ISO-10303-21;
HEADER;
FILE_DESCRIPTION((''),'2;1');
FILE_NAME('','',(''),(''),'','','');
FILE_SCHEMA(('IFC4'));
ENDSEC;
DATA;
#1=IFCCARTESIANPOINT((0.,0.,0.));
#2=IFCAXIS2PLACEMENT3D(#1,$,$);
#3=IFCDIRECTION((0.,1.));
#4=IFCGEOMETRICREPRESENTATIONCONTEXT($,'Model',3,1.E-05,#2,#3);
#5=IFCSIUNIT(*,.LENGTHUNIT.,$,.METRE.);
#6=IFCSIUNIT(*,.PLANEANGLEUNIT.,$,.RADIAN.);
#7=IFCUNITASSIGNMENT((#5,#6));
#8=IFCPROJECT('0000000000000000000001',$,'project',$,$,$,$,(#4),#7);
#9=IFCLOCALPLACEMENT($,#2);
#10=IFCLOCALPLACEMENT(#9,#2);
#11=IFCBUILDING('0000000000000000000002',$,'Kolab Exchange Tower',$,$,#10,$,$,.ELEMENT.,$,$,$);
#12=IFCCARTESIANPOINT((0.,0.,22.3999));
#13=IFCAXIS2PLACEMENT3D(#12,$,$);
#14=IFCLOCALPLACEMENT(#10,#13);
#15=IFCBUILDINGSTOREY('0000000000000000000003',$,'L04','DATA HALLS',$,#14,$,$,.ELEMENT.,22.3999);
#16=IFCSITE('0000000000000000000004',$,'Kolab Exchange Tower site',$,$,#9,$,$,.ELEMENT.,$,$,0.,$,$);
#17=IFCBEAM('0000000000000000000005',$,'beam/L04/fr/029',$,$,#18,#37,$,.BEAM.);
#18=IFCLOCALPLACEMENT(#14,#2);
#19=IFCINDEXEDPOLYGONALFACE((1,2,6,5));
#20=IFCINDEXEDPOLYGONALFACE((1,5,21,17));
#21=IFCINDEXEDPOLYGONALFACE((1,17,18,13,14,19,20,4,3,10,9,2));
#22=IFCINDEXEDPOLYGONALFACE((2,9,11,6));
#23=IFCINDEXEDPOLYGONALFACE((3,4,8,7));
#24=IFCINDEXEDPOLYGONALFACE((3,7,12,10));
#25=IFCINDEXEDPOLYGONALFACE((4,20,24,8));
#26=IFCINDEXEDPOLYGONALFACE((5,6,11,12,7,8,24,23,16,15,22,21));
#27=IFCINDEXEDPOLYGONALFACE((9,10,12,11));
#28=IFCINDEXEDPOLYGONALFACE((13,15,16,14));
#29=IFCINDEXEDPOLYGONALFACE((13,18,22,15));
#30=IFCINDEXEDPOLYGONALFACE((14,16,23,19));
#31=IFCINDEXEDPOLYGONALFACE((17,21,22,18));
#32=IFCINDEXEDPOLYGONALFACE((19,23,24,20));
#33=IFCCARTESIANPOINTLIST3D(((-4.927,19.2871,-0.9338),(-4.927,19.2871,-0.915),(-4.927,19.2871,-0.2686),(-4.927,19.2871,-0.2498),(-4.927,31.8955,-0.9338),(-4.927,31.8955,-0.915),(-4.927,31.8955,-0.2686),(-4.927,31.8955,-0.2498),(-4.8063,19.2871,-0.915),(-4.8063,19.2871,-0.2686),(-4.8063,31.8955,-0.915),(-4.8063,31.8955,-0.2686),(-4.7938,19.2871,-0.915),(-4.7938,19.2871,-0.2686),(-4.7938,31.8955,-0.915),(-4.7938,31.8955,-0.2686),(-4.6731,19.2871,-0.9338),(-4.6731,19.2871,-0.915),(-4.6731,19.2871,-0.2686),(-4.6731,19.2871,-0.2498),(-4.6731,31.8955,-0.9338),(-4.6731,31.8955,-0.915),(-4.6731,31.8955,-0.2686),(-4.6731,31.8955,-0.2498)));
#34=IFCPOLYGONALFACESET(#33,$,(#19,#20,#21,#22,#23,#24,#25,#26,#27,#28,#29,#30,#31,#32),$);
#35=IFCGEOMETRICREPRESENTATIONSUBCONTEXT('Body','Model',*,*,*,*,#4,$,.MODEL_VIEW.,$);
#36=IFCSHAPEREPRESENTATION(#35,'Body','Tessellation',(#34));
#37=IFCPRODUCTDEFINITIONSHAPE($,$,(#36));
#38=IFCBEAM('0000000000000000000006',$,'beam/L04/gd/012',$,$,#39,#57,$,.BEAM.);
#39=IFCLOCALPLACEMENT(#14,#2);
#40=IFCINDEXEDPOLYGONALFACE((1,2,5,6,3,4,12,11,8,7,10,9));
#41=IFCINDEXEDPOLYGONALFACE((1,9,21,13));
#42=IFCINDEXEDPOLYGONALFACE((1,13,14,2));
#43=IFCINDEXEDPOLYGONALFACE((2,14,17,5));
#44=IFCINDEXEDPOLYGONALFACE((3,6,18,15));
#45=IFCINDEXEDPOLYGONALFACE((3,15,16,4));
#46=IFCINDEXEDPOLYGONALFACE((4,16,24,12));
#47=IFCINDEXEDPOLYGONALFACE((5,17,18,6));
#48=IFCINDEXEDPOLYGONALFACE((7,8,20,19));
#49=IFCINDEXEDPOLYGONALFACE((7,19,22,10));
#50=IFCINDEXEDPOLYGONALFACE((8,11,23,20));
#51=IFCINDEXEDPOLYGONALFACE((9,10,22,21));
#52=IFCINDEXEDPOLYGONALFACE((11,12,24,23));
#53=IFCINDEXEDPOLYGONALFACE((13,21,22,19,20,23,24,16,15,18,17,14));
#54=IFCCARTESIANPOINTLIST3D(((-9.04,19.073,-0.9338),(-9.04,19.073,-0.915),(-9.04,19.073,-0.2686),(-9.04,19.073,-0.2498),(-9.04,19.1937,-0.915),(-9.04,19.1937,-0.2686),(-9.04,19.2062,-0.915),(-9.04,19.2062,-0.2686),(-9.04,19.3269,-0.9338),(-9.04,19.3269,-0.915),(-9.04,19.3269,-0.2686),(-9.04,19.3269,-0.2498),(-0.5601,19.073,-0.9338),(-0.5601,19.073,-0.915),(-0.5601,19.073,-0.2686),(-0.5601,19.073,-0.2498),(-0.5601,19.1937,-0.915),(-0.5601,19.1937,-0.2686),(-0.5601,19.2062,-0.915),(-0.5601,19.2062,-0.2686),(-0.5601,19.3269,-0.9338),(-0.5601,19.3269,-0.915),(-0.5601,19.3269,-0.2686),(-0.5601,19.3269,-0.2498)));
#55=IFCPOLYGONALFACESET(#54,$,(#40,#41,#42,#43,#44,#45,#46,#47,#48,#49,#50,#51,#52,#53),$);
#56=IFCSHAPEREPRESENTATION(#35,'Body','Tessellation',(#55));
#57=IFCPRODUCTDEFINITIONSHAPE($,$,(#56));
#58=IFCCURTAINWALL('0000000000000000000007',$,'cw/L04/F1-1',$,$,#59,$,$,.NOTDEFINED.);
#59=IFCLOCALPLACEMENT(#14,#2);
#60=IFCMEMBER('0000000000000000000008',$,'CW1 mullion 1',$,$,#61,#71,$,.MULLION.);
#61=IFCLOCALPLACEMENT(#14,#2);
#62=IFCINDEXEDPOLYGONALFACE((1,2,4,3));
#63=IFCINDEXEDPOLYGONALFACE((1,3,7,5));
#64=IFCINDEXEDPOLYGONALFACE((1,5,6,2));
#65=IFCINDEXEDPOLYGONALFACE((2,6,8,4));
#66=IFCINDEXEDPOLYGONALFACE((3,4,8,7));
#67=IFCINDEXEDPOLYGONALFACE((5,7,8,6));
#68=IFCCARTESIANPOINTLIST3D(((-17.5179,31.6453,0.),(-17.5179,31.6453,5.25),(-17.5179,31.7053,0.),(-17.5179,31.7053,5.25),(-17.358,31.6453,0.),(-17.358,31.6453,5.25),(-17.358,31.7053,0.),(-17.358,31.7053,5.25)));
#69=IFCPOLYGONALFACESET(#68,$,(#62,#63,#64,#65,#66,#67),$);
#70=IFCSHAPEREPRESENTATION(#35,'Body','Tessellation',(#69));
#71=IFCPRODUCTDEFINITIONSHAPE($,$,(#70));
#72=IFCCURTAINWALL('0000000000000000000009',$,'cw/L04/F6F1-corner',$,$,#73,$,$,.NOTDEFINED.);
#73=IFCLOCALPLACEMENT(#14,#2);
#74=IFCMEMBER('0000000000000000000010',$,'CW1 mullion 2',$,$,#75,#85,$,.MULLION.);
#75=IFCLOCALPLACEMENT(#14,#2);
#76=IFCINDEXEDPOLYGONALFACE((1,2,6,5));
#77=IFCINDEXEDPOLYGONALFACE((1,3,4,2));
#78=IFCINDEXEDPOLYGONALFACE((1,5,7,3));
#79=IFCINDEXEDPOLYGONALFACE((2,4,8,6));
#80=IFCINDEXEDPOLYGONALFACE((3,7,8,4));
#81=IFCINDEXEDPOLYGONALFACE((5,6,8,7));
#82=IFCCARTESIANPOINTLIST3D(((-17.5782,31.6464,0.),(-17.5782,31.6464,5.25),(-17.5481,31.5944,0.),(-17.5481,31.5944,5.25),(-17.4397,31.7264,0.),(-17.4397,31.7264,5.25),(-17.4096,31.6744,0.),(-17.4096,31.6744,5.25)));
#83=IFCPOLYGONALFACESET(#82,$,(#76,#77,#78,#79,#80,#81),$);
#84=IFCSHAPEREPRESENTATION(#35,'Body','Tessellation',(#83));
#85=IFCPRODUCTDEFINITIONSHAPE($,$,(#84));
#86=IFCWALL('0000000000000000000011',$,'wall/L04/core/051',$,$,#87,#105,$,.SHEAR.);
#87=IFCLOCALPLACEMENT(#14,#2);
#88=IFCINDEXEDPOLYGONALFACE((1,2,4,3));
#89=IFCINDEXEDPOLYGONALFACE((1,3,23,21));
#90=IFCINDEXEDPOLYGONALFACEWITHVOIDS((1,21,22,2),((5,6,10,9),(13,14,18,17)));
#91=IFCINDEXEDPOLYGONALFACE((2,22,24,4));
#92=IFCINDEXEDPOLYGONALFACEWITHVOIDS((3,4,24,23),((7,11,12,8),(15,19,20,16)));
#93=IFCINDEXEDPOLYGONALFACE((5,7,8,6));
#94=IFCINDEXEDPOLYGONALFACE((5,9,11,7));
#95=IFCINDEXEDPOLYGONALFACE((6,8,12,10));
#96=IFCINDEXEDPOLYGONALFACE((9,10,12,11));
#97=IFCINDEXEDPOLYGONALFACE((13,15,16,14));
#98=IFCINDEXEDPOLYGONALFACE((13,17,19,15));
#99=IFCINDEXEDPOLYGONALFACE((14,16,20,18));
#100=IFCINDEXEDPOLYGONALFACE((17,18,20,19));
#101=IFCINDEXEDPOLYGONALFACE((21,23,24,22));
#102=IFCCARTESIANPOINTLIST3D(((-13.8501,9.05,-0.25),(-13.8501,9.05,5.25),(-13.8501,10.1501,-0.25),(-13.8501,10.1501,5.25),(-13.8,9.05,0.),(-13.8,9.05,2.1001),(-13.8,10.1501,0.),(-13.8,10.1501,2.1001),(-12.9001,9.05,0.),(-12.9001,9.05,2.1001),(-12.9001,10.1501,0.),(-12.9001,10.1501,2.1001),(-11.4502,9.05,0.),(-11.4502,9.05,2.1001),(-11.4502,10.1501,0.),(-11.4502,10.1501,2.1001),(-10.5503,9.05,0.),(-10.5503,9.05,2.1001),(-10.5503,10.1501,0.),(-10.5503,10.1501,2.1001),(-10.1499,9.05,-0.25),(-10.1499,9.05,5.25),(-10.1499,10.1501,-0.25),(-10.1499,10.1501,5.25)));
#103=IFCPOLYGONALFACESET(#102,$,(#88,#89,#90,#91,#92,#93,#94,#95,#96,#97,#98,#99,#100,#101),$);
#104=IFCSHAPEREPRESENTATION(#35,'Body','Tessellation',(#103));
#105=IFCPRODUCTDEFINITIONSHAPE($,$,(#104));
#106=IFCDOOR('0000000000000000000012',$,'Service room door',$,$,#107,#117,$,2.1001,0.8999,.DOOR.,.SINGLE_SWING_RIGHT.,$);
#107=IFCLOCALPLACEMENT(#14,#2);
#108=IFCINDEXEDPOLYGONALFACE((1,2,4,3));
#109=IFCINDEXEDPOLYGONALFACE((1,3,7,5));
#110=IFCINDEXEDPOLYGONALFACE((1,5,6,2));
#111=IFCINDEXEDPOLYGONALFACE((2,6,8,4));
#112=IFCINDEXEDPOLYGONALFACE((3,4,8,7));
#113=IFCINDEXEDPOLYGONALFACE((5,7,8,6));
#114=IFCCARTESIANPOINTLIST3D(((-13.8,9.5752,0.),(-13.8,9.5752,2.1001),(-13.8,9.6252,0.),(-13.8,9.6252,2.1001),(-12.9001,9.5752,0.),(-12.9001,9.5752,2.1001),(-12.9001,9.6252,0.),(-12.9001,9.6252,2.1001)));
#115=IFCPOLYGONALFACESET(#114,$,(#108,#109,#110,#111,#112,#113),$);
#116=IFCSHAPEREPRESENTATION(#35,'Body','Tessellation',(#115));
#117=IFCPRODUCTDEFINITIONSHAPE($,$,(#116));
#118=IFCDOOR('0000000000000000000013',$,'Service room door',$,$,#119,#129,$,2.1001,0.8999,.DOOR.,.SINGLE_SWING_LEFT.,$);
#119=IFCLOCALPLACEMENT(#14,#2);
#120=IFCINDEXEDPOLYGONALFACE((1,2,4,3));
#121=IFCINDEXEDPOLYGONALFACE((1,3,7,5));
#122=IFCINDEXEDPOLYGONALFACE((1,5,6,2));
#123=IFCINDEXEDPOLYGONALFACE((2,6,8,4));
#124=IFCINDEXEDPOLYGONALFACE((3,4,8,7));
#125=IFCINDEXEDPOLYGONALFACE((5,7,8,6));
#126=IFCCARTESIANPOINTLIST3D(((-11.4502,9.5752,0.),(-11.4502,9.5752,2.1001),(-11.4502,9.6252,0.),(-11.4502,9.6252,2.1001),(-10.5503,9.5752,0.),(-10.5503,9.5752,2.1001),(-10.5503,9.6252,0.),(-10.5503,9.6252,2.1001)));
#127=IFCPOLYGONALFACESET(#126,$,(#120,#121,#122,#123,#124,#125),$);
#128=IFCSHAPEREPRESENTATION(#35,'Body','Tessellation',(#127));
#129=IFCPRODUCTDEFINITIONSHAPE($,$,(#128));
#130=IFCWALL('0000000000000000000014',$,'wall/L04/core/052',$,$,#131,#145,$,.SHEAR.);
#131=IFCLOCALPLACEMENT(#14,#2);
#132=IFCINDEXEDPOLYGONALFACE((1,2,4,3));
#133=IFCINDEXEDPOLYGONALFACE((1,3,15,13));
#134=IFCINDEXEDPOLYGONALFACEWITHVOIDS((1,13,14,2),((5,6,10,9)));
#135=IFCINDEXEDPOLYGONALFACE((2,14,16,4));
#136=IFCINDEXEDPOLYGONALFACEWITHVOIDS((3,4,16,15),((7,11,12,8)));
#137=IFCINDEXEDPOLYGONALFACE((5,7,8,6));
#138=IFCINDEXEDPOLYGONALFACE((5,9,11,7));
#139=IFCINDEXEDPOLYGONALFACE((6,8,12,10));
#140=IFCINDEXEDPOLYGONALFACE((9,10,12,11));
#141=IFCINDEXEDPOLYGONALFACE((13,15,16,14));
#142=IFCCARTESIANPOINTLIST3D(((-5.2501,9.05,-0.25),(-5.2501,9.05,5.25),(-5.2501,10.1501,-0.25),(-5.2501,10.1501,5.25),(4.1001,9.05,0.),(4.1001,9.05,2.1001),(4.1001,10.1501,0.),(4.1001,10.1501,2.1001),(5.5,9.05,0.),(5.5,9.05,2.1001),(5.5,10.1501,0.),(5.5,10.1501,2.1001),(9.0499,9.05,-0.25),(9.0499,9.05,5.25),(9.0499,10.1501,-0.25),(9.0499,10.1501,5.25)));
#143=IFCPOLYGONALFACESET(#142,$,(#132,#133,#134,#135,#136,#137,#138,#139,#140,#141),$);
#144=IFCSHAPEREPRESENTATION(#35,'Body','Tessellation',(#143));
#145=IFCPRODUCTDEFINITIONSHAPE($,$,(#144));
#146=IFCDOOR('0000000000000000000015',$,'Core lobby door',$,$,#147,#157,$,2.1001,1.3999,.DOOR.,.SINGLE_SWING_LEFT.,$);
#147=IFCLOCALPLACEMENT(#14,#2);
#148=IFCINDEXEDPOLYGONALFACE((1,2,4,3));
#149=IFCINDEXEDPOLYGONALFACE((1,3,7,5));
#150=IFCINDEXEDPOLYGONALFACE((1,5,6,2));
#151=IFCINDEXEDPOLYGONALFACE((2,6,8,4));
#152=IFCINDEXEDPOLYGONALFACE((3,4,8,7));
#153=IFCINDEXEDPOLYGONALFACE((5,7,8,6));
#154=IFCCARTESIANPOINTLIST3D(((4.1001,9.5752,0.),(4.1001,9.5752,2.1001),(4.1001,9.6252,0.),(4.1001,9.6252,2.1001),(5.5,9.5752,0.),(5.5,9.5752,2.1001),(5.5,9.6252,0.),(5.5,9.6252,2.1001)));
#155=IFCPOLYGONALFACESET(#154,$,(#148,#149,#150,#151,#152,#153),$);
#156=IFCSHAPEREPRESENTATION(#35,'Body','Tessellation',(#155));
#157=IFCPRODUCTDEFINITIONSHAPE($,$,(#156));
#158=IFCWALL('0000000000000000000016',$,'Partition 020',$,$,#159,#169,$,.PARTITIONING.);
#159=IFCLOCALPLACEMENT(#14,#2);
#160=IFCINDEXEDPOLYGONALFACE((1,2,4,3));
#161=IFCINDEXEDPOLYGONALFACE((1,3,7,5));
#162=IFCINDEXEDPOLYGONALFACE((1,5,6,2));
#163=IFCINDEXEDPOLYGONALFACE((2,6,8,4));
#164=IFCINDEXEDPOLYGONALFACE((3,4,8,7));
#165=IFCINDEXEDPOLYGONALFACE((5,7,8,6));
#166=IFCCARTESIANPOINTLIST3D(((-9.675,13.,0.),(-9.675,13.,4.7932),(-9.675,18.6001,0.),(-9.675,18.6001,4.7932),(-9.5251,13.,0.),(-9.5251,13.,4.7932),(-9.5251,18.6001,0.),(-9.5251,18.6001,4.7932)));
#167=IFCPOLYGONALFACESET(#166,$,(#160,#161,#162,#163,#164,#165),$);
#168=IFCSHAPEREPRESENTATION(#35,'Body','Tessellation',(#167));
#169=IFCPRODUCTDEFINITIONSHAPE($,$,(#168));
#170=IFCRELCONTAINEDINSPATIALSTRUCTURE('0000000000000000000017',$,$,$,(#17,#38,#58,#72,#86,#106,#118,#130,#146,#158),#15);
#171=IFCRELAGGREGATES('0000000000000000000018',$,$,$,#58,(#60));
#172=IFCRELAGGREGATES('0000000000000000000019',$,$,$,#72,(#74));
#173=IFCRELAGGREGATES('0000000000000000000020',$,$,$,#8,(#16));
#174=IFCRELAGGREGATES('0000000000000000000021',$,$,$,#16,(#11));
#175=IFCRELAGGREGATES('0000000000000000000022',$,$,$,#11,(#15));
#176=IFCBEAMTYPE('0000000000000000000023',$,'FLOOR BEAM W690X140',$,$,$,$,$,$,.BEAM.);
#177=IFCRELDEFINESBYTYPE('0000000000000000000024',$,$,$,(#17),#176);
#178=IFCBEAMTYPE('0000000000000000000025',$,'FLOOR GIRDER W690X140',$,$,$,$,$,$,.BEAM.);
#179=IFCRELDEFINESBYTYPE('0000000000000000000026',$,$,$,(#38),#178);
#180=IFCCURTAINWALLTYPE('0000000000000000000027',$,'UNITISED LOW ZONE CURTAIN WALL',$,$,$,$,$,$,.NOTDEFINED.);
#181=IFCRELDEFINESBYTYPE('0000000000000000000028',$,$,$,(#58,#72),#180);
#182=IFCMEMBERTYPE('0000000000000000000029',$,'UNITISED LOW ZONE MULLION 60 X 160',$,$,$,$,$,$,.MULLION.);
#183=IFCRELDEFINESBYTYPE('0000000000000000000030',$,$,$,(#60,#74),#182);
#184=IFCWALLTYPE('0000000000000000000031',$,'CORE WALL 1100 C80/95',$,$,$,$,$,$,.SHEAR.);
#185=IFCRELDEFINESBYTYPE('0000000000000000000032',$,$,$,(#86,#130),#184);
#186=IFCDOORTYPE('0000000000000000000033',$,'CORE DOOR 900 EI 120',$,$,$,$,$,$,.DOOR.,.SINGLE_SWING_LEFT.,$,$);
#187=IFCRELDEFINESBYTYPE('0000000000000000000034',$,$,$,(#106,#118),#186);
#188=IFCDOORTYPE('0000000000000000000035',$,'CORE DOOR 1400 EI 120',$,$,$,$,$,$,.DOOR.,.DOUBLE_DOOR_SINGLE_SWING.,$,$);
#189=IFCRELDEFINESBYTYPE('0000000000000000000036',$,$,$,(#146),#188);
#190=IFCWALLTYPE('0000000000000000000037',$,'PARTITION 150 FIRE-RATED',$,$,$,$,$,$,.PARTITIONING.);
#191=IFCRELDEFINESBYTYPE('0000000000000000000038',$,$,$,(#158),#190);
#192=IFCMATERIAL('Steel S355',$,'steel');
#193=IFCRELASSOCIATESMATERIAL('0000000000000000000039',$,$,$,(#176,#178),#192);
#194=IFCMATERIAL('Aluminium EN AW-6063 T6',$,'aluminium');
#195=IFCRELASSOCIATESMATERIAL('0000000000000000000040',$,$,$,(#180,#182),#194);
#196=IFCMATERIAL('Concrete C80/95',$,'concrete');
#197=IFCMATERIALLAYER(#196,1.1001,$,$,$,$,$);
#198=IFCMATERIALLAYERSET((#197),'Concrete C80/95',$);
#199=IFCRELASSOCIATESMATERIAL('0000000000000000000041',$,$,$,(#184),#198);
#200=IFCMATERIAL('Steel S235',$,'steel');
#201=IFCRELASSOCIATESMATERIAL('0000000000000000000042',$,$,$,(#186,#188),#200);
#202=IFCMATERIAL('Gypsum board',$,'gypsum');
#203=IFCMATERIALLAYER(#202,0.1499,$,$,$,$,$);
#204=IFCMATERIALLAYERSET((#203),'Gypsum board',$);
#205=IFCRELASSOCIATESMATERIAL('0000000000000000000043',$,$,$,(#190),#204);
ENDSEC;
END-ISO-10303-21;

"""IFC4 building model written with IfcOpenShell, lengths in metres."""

from ifc_helpers import new_model, si_unit, direction, frame, frame_2d, origin, origin_2d, place, context, subcontext, project, spatial, rectangle, i_section, extrude, material, layer, layer_set, material_profile, profile_set, type_object, element, fill, aggregate, save


model = new_model("IFC4")

# Units and contexts
model_context = context("Model", 3, precision=1e-05, world=origin(), true_north=direction((0.0, 1.0)))
body_context = subcontext(model_context, "Body", "Model", "MODEL_VIEW")
ifc_project = project(units=[si_unit("LENGTHUNIT", "METRE"), si_unit("PLANEANGLEUNIT", "RADIAN")], contexts=[model_context])

# Site, building, storey
site_placement = place(None, origin())
site = spatial("IfcSite", under=ifc_project, at=site_placement, Name="Kolab Exchange Tower site", CompositionType="ELEMENT", RefElevation=0.0)
building_placement = place(site_placement, origin())
building = spatial("IfcBuilding", under=site, at=building_placement, Name="Kolab Exchange Tower", CompositionType="ELEMENT")
storey_placement = place(building_placement, frame((0.0, 0.0, 22.3999)))
storey = spatial("IfcBuildingStorey", under=building, at=storey_placement, Name="L04", Description="DATA HALLS", CompositionType="ELEMENT", Elevation=22.3999)

# Shared definitions
ifc_material_1 = material(Name="Concrete C80/95", Category="concrete")

# Beams
ifc_material_2 = material(Name="Steel S355", Category="steel")
ifc_material_profile_1 = material_profile(ifc_material_2, i_section(OverallWidth=0.2539, OverallDepth=0.6841, WebThickness=0.0125, FlangeThickness=0.0188, at=origin_2d()), Name="W690X140")
ifc_profile_set_1 = profile_set([ifc_material_profile_1], Name="Steel S355")
beam_type_1 = type_object("IfcBeamType", Name="FLOOR BEAM W690X140", PredefinedType="BEAM", material=ifc_profile_set_1)
for number, where, z_axis, x_axis, name in (
    (1, (-4.8, 19.2871, -0.5918), (0.0, 1.0, 0.0), (-1.0, 0.0, 0.0), "beam/L04/fr/029"),
):
    element("IfcBeam", number, at=place(storey_placement, frame(where, z_axis=z_axis, x_axis=x_axis)), inside=storey, type_object=beam_type_1, Name=name, PredefinedType="BEAM", context=body_context, shape_type="SweptSolid", body=[
        extrude(i_section(OverallWidth=0.2539, OverallDepth=0.6841, WebThickness=0.0125, FlangeThickness=0.0188, at=origin_2d()), origin(), (0.0, 0.0, 1.0), 12.6084),
    ])
ifc_material_profile_2 = material_profile(ifc_material_2, i_section(OverallWidth=0.2539, OverallDepth=0.6841, WebThickness=0.0125, FlangeThickness=0.0188, at=origin_2d()), Name="W690X140")
ifc_profile_set_2 = profile_set([ifc_material_profile_2], Name="Steel S355")
beam_type_2 = type_object("IfcBeamType", Name="FLOOR GIRDER W690X140", PredefinedType="BEAM", material=ifc_profile_set_2)
beam_1_placement = place(storey_placement, frame((-9.04, 19.2, -0.5918), z_axis=(1.0, 0.0, 0.0), x_axis=(0.0, 1.0, 0.0)))
element("IfcBeam", 2, at=beam_1_placement, inside=storey, type_object=beam_type_2, Name="beam/L04/gd/012", PredefinedType="BEAM", context=body_context, shape_type="SweptSolid", body=[
    extrude(i_section(OverallWidth=0.2539, OverallDepth=0.6841, WebThickness=0.0125, FlangeThickness=0.0188, at=origin_2d()), origin(), (0.0, 0.0, 1.0), 8.48),
])

# Curtain walls, members
ifc_material_3 = material(Name="Aluminium EN AW-6063 T6", Category="aluminium")
curtain_wall_type = type_object("IfcCurtainWallType", Name="UNITISED LOW ZONE CURTAIN WALL", PredefinedType="NOTDEFINED", material=ifc_material_3)
curtain_wall_1_placement = place(storey_placement, origin())
curtain_wall_1 = element("IfcCurtainWall", 3, at=curtain_wall_1_placement, inside=storey, type_object=curtain_wall_type, Name="cw/L04/F1-1", PredefinedType="NOTDEFINED")
ifc_material_profile_3 = material_profile(ifc_material_3, rectangle(XDim=0.0601, YDim=0.1599, at=origin_2d()), Name="RECT 60X160")
ifc_profile_set_3 = profile_set([ifc_material_profile_3], Name="Aluminium EN AW-6063 T6")
member_type = type_object("IfcMemberType", Name="UNITISED LOW ZONE MULLION 60 X 160", PredefinedType="MULLION", material=ifc_profile_set_3)
member_1_placement = place(storey_placement, frame((-17.438, 31.6753, 0.0), z_axis=(0.0, 0.0, 1.0), x_axis=(0.0, 1.0, 0.0)))
member_1 = element("IfcMember", 4, at=member_1_placement, type_object=member_type, Name="CW1 mullion 1", PredefinedType="MULLION", context=body_context, shape_type="SweptSolid", body=[
    extrude(rectangle(XDim=0.0601, YDim=0.1599, at=origin_2d()), origin(), (0.0, 0.0, 1.0), 5.25),
])
aggregate(curtain_wall_1, [member_1])
curtain_wall_2_placement = place(storey_placement, origin())
curtain_wall_2 = element("IfcCurtainWall", 5, at=curtain_wall_2_placement, inside=storey, type_object=curtain_wall_type, Name="cw/L04/F6F1-corner", PredefinedType="NOTDEFINED")
member_2_placement = place(storey_placement, frame((-17.4939, 31.6604, 0.0), z_axis=(0.0, 0.0, 1.0), x_axis=(-0.5, 0.866025, 0.0)))
member_2 = element("IfcMember", 6, at=member_2_placement, type_object=member_type, Name="CW1 mullion 2", PredefinedType="MULLION", context=body_context, shape_type="SweptSolid", body=[
    extrude(rectangle(XDim=0.0601, YDim=0.1599, at=origin_2d()), origin(), (0.0, 0.0, 1.0), 5.25),
])
aggregate(curtain_wall_2, [member_2])

# Wall, openings, doors
ifc_layer_1 = layer(ifc_material_1, 1.1001)
ifc_layer_set_1 = layer_set([ifc_layer_1], Name="Concrete C80/95")
wall_type_1 = type_object("IfcWallType", Name="CORE WALL 1100 C80/95", PredefinedType="SHEAR", material=ifc_layer_set_1)
wall_1_placement = place(storey_placement, frame((-13.8501, 9.6001, -0.25), z_axis=(0.0, 0.0, 1.0), x_axis=(1.0, 0.0, 0.0)))
wall_1 = element("IfcWall", 7, at=wall_1_placement, inside=storey, type_object=wall_type_1, Name="wall/L04/core/051", PredefinedType="SHEAR", context=body_context, shape_type="SweptSolid", body=[
    extrude(rectangle(XDim=3.7002, YDim=1.1001, at=frame_2d((1.8501, 0.0))), origin(), (0.0, 0.0, 1.0), 5.5),
])
opening_1_placement = place(wall_1_placement, frame((0.05, 0.0, 0.25)))
opening_1 = element("IfcOpeningElement", 8, at=opening_1_placement, cuts=wall_1, PredefinedType="OPENING", context=body_context, shape_type="SweptSolid", body=[
    extrude(rectangle(XDim=0.8999, YDim=2.1001, at=frame_2d((0.45, 1.05))), frame((0.0, 0.5601, 0.0), z_axis=(0.0, -1.0, 0.0), x_axis=(1.0, 0.0, 0.0)), (0.0, 0.0, 1.0), 1.1201),
])
opening_2_placement = place(wall_1_placement, frame((2.3999, 0.0, 0.25)))
opening_2 = element("IfcOpeningElement", 9, at=opening_2_placement, cuts=wall_1, PredefinedType="OPENING", context=body_context, shape_type="SweptSolid", body=[
    extrude(rectangle(XDim=0.8999, YDim=2.1001, at=frame_2d((0.45, 1.05))), frame((0.0, 0.5601, 0.0), z_axis=(0.0, -1.0, 0.0), x_axis=(1.0, 0.0, 0.0)), (0.0, 0.0, 1.0), 1.1201),
])
ifc_material_4 = material(Name="Steel S235", Category="steel")
door_type_1 = type_object("IfcDoorType", Name="CORE DOOR 900 EI 120", OperationType="SINGLE_SWING_LEFT", PredefinedType="DOOR", material=ifc_material_4)
door_1_placement = place(opening_1_placement, frame((0.8999, 0.0, 0.0), z_axis=(0.0, 0.0, 1.0), x_axis=(-1.0, 0.0, 0.0)))
door_1 = element("IfcDoor", 10, at=door_1_placement, inside=storey, type_object=door_type_1, Name="Service room door", OperationType="SINGLE_SWING_RIGHT", OverallHeight=2.1001, OverallWidth=0.8999, PredefinedType="DOOR", context=body_context, shape_type="SweptSolid", body=[
    extrude(rectangle(XDim=0.8999, YDim=2.1001, at=frame_2d((0.45, 1.05))), frame((0.0, 0.0249, 0.0), z_axis=(0.0, -1.0, 0.0), x_axis=(1.0, 0.0, 0.0)), (0.0, 0.0, 1.0), 0.05),
])
fill(opening_1, door_1)
door_2_placement = place(opening_2_placement, frame((0.8999, 0.0, 0.0), z_axis=(0.0, 0.0, 1.0), x_axis=(-1.0, 0.0, 0.0)))
door_2 = element("IfcDoor", 11, at=door_2_placement, inside=storey, type_object=door_type_1, Name="Service room door", OperationType="SINGLE_SWING_LEFT", OverallHeight=2.1001, OverallWidth=0.8999, PredefinedType="DOOR", context=body_context, shape_type="SweptSolid", body=[
    extrude(rectangle(XDim=0.8999, YDim=2.1001, at=frame_2d((0.45, 1.05))), frame((0.0, 0.0249, 0.0), z_axis=(0.0, -1.0, 0.0), x_axis=(1.0, 0.0, 0.0)), (0.0, 0.0, 1.0), 0.05),
])
fill(opening_2, door_2)

# Wall, opening, door
wall_2_placement = place(storey_placement, frame((-5.25, 9.6001, -0.25), z_axis=(0.0, 0.0, 1.0), x_axis=(1.0, 0.0, 0.0)))
wall_2 = element("IfcWall", 12, at=wall_2_placement, inside=storey, type_object=wall_type_1, Name="wall/L04/core/052", PredefinedType="SHEAR", context=body_context, shape_type="SweptSolid", body=[
    extrude(rectangle(XDim=14.3, YDim=1.1001, at=frame_2d((7.1499, 0.0))), origin(), (0.0, 0.0, 1.0), 5.5),
])
opening_3_placement = place(wall_2_placement, frame((9.3501, 0.0, 0.25)))
opening_3 = element("IfcOpeningElement", 13, at=opening_3_placement, cuts=wall_2, PredefinedType="OPENING", context=body_context, shape_type="SweptSolid", body=[
    extrude(rectangle(XDim=1.3999, YDim=2.1001, at=frame_2d((0.7, 1.05))), frame((0.0, 0.5601, 0.0), z_axis=(0.0, -1.0, 0.0), x_axis=(1.0, 0.0, 0.0)), (0.0, 0.0, 1.0), 1.1201),
])
door_type_2 = type_object("IfcDoorType", Name="CORE DOOR 1400 EI 120", OperationType="DOUBLE_DOOR_SINGLE_SWING", PredefinedType="DOOR", material=ifc_material_4)
door_3_placement = place(opening_3_placement, frame((1.3999, 0.0, 0.0), z_axis=(0.0, 0.0, 1.0), x_axis=(-1.0, 0.0, 0.0)))
door_3 = element("IfcDoor", 14, at=door_3_placement, inside=storey, type_object=door_type_2, Name="Core lobby door", OperationType="SINGLE_SWING_LEFT", OverallHeight=2.1001, OverallWidth=1.3999, PredefinedType="DOOR", context=body_context, shape_type="SweptSolid", body=[
    extrude(rectangle(XDim=1.3999, YDim=2.1001, at=frame_2d((0.7, 1.05))), frame((0.0, 0.0249, 0.0), z_axis=(0.0, -1.0, 0.0), x_axis=(1.0, 0.0, 0.0)), (0.0, 0.0, 1.0), 0.05),
])
fill(opening_3, door_3)

# Wall
ifc_material_5 = material(Name="Gypsum board", Category="gypsum")
ifc_layer_2 = layer(ifc_material_5, 0.1499)
ifc_layer_set_2 = layer_set([ifc_layer_2], Name="Gypsum board")
wall_type_2 = type_object("IfcWallType", Name="PARTITION 150 FIRE-RATED", PredefinedType="PARTITIONING", material=ifc_layer_set_2)
wall_3_placement = place(storey_placement, frame((-9.6001, 13.0, 0.0), z_axis=(0.0, 0.0, 1.0), x_axis=(0.0, 1.0, 0.0)))
element("IfcWall", 15, at=wall_3_placement, inside=storey, type_object=wall_type_2, Name="Partition 020", PredefinedType="PARTITIONING", context=body_context, shape_type="SweptSolid", body=[
    extrude(rectangle(XDim=5.6001, YDim=0.1499, at=frame_2d((2.8, 0.0))), origin(), (0.0, 0.0, 1.0), 4.7932),
])

save(model, "model.ifc")
